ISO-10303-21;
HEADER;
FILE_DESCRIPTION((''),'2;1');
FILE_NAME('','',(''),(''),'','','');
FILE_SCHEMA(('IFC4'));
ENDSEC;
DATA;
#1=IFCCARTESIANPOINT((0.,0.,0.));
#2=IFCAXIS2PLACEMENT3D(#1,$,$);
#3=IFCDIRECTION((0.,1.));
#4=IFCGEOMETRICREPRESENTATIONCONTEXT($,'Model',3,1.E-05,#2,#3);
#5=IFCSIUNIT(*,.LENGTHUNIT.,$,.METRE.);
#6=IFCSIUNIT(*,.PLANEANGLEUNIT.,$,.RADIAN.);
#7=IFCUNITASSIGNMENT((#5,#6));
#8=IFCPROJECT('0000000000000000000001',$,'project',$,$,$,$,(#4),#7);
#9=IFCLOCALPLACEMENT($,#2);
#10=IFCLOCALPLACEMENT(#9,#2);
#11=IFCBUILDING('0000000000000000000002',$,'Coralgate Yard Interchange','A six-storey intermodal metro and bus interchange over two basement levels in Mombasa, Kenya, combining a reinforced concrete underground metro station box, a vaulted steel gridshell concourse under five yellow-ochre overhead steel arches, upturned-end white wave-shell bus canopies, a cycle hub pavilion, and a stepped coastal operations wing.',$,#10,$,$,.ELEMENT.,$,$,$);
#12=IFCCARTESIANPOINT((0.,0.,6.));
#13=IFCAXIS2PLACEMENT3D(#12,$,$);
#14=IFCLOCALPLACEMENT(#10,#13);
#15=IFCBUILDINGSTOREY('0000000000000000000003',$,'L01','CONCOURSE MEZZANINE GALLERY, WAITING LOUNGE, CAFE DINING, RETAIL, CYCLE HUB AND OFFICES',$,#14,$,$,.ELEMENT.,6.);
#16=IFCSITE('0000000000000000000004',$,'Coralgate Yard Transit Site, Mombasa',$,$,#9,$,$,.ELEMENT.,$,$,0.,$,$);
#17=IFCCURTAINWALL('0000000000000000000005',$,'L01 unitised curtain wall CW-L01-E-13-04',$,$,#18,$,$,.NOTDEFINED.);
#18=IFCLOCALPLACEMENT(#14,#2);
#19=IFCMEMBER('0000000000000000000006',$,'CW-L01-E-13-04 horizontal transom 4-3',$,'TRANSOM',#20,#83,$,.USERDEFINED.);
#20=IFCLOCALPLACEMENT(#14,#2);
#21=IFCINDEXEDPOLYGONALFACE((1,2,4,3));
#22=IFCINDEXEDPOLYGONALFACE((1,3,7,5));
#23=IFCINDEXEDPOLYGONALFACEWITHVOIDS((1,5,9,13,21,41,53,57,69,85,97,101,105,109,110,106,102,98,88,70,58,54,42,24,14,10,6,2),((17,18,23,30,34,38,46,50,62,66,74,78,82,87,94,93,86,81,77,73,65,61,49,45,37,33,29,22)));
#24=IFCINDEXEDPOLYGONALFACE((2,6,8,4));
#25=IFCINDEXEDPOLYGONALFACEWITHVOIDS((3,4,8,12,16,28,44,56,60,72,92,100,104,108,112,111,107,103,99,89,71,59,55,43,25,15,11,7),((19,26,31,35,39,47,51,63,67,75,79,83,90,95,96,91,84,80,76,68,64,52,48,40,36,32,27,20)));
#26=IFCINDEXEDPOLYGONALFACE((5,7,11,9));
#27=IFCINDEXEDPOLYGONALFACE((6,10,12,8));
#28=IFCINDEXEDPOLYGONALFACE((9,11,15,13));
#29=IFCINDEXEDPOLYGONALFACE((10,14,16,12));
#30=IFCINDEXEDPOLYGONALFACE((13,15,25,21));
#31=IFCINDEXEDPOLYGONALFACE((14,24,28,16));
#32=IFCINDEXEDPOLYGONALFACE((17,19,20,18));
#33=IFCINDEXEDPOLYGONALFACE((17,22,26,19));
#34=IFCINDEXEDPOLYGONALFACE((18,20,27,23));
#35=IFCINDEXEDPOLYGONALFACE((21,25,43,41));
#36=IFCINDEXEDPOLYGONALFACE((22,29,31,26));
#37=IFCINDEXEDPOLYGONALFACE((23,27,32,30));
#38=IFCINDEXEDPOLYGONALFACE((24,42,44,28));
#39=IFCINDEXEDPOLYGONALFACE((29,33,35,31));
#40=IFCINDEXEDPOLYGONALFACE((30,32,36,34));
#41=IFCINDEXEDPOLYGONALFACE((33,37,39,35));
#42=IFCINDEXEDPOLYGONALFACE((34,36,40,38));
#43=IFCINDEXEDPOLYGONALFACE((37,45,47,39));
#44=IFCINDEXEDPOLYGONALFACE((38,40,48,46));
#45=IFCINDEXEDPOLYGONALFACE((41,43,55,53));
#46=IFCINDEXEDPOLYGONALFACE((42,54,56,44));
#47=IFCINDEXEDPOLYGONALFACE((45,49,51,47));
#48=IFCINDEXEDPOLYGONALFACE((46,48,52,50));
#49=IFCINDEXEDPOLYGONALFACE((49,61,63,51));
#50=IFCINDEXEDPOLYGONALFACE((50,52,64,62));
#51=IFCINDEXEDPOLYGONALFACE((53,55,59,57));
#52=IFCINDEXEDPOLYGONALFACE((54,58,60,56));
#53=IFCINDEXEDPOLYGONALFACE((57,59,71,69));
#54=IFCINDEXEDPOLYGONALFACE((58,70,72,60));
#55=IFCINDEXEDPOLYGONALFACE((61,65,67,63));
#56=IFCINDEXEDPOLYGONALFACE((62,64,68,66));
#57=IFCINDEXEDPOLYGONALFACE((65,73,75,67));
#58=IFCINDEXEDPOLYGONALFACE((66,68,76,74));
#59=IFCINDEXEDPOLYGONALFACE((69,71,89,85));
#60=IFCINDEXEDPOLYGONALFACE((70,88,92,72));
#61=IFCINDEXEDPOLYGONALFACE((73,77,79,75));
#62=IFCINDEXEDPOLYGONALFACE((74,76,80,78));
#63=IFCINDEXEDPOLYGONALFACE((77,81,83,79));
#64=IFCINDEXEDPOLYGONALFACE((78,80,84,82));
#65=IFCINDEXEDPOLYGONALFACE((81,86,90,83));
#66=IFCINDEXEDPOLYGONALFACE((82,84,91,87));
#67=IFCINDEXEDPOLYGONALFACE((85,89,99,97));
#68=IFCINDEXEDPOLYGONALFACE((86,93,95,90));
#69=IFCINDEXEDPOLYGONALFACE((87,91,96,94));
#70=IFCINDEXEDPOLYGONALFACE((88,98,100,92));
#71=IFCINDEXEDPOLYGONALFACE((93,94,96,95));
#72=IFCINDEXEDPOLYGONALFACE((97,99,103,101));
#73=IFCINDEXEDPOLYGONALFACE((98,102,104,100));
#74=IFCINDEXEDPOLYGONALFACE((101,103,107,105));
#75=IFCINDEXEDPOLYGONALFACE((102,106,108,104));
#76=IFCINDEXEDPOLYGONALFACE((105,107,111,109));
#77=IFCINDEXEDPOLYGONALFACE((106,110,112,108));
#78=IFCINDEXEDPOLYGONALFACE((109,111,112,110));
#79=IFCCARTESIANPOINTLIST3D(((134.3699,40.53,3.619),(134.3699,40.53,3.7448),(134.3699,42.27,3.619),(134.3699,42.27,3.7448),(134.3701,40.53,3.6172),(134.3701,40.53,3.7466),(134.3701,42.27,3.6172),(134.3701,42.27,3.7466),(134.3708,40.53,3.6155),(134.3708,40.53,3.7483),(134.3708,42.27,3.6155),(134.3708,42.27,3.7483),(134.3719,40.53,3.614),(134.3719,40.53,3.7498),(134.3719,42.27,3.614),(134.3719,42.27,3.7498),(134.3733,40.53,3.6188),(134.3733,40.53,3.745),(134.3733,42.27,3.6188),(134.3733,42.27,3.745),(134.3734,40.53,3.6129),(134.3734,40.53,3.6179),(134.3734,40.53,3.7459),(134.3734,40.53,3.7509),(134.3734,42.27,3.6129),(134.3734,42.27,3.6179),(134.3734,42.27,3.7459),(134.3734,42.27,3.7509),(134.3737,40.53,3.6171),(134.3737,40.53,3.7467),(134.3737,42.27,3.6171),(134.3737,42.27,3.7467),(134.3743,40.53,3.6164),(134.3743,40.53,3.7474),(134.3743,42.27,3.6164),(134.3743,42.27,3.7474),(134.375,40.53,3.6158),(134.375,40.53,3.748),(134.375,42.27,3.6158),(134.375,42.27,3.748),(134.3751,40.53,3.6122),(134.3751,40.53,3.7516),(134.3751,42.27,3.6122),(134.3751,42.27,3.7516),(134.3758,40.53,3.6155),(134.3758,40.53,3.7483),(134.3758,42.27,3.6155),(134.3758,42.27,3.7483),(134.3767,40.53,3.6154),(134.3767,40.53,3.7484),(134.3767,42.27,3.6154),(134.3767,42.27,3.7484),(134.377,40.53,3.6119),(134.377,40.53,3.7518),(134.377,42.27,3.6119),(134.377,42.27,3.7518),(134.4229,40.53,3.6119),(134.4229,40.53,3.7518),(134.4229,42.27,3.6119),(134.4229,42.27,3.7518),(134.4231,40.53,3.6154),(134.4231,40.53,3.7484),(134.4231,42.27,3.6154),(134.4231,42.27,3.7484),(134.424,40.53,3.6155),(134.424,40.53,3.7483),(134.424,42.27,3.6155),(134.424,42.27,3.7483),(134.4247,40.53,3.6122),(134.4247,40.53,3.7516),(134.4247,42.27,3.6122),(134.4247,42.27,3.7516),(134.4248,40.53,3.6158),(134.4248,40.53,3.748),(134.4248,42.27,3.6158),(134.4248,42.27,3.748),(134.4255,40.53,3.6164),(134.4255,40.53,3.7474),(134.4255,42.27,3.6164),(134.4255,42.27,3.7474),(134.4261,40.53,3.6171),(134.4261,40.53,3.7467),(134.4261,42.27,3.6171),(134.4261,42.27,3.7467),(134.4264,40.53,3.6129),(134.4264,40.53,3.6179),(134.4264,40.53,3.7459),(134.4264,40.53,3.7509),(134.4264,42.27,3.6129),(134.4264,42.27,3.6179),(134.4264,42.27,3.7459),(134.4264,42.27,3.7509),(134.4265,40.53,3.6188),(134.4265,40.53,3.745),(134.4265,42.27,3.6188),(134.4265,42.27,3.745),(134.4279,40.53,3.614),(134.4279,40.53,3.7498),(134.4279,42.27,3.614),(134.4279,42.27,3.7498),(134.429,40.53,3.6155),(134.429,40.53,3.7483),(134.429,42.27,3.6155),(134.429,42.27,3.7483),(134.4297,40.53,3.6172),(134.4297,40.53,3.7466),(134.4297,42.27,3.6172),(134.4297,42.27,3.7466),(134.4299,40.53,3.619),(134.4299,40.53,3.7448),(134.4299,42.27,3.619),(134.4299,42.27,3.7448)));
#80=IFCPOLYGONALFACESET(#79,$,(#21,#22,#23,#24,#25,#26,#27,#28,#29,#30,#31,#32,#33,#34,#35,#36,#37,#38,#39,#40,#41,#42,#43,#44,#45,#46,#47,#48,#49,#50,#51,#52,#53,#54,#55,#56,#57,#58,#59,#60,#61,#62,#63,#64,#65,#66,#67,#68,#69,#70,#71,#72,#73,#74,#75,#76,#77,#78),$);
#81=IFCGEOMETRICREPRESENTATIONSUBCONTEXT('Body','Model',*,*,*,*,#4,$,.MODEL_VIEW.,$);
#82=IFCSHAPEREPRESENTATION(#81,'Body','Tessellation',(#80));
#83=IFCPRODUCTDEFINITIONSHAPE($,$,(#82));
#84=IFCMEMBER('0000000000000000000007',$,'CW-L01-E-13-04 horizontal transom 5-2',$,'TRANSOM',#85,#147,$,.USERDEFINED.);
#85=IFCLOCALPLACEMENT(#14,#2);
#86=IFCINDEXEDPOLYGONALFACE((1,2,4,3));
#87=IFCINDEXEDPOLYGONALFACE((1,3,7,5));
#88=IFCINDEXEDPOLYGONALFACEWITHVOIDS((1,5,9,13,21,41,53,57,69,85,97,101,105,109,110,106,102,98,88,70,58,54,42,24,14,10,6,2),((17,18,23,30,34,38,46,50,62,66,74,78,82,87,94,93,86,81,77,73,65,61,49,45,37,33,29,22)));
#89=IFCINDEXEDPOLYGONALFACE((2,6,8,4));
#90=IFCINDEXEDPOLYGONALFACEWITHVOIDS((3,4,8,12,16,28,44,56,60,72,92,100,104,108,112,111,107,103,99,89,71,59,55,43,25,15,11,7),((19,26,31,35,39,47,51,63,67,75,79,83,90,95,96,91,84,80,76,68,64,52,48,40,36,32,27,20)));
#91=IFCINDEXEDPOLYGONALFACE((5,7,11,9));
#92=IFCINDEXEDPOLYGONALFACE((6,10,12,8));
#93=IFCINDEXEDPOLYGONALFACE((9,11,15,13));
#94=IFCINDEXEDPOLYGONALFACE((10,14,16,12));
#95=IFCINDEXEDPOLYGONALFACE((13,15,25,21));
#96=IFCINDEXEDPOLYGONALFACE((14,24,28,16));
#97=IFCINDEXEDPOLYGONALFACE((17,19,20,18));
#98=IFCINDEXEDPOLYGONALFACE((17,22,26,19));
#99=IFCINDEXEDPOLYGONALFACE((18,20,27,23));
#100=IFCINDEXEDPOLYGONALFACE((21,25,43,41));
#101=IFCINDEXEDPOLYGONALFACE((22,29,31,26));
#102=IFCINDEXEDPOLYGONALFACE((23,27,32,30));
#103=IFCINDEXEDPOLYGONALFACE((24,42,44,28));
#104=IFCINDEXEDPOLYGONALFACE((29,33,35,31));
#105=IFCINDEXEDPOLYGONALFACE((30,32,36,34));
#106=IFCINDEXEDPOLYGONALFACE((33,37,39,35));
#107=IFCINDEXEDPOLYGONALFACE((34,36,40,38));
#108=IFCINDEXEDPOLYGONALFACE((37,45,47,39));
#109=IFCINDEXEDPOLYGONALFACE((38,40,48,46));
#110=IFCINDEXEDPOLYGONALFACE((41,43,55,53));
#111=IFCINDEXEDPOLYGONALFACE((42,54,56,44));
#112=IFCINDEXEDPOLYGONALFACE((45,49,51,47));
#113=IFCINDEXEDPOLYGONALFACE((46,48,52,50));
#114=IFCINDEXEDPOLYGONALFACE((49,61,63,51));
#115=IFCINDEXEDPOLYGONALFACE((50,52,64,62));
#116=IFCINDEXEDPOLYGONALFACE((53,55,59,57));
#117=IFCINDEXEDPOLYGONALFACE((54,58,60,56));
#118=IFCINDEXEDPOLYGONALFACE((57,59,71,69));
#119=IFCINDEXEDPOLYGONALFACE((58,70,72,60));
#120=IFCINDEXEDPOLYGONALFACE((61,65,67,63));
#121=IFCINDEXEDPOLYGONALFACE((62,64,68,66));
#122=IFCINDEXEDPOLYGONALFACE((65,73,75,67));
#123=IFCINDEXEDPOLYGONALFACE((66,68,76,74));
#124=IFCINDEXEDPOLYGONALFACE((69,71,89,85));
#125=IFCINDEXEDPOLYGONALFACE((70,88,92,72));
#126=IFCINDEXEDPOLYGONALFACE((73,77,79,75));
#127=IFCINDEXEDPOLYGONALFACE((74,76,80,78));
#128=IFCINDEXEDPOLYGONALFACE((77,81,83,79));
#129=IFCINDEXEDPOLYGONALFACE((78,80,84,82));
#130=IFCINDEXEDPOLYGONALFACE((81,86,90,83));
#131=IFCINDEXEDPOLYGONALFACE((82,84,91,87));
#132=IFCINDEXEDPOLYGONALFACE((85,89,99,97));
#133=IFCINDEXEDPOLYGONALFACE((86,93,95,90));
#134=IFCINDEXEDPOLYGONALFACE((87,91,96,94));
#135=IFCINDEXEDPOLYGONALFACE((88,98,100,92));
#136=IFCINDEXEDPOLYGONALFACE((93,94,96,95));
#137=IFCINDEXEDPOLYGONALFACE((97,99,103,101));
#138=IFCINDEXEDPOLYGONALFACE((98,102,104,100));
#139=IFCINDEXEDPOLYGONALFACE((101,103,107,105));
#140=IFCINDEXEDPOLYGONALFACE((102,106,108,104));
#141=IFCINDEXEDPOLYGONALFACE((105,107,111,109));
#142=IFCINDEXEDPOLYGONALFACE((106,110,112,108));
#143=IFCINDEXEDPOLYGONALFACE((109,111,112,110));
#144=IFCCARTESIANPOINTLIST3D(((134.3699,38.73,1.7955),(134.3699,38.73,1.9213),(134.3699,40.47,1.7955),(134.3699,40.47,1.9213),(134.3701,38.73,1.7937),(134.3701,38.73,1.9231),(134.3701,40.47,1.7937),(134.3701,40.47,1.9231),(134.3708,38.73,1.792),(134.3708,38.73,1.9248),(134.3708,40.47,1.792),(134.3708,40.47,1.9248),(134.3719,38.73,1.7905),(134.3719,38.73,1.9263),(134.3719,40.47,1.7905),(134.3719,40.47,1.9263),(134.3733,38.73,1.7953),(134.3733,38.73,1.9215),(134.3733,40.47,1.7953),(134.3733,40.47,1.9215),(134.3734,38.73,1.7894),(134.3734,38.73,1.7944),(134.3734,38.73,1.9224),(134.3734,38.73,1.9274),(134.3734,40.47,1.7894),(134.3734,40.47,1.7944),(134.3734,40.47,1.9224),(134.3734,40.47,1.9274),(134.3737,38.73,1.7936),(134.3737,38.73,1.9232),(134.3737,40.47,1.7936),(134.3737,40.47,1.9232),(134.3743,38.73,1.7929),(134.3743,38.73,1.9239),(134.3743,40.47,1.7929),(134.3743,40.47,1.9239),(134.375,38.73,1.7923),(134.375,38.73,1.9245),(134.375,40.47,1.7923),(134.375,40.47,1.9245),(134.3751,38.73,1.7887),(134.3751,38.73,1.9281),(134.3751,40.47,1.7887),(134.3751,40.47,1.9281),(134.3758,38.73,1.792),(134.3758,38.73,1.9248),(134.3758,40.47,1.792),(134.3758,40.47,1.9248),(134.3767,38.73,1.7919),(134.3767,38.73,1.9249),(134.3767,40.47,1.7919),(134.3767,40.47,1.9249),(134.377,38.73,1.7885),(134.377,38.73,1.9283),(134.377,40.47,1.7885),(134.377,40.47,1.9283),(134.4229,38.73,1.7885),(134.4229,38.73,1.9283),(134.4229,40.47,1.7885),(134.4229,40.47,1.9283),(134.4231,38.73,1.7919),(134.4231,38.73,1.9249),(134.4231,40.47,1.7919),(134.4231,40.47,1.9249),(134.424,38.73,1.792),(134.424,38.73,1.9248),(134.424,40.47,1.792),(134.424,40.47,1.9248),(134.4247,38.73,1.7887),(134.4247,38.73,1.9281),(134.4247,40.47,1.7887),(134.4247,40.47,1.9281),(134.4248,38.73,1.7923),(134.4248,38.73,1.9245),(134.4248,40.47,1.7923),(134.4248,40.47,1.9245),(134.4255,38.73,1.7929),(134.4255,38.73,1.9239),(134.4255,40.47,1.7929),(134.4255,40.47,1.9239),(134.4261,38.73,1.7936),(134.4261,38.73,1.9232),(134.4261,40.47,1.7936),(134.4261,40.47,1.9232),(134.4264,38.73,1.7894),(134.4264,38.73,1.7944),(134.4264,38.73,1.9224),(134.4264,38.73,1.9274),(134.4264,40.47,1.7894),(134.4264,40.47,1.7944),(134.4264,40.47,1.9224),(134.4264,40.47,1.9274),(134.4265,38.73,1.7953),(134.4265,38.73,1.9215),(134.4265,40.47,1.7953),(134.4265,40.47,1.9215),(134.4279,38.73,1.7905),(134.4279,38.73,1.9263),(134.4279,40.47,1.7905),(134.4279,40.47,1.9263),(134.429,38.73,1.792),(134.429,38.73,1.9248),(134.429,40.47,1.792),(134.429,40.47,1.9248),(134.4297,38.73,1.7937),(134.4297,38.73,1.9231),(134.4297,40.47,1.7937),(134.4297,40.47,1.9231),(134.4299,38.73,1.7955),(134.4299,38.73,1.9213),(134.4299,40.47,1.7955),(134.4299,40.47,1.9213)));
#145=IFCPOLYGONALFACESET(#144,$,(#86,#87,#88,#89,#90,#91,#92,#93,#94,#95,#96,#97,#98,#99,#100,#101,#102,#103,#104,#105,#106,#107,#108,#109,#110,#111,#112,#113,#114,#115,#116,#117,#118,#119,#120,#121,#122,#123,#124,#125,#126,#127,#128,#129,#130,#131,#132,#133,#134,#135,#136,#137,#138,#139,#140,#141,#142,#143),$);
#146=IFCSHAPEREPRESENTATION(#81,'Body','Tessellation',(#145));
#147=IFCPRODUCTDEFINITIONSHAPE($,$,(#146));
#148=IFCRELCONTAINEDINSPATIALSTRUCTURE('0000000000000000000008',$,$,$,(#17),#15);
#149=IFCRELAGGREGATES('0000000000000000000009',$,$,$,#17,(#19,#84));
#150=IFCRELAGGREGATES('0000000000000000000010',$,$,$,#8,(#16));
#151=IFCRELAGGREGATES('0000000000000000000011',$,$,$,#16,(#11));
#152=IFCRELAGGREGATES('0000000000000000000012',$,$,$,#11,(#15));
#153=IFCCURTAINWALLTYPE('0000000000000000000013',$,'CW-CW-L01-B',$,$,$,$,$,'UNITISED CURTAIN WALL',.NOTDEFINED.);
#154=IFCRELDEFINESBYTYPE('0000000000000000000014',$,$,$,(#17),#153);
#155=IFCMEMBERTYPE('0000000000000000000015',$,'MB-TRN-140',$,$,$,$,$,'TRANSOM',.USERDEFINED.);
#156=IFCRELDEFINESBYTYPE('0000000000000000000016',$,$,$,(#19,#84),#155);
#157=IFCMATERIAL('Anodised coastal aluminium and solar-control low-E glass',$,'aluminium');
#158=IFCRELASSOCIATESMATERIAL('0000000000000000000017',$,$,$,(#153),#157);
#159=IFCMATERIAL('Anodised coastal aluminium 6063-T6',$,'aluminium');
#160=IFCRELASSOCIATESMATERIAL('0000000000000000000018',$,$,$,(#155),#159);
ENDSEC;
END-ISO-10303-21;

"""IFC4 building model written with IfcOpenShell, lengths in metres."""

from ifc_helpers import new_model, si_unit, direction, frame, origin, origin_2d, place, context, subcontext, project, spatial, hollow_rectangle, extrude, material, material_profile, profile_set, type_object, element, aggregate, save


model = new_model("IFC4")

# Units and contexts
model_context = context("Model", 3, precision=1e-05, world=origin(), true_north=direction((0.0, 1.0)))
body_context = subcontext(model_context, "Body", "Model", "MODEL_VIEW")
ifc_project = project(units=[si_unit("LENGTHUNIT", "METRE"), si_unit("PLANEANGLEUNIT", "RADIAN")], contexts=[model_context])

# Site, building, storey
site_placement = place(None, origin())
site = spatial("IfcSite", under=ifc_project, at=site_placement, Name="Coralgate Yard Transit Site, Mombasa", CompositionType="ELEMENT", RefElevation=0.0)
building_placement = place(site_placement, origin())
building = spatial("IfcBuilding", under=site, at=building_placement, Name="Coralgate Yard Interchange", Description="A six-storey intermodal metro and bus interchange over two basement levels in Mombasa, Kenya, combining a reinforced concrete underground metro station box, a vaulted steel gridshell concourse under five yellow-ochre overhead steel arches, upturned-end white wave-shell bus canopies, a cycle hub pavilion, and a stepped coastal operations wing.", CompositionType="ELEMENT")
storey_placement = place(building_placement, frame((0.0, 0.0, 6.0)))
storey = spatial("IfcBuildingStorey", under=building, at=storey_placement, Name="L01", Description="CONCOURSE MEZZANINE GALLERY, WAITING LOUNGE, CAFE DINING, RETAIL, CYCLE HUB AND OFFICES", CompositionType="ELEMENT", Elevation=6.0)

# Curtain wall, members
ifc_material_1 = material(Name="Anodised coastal aluminium and solar-control low-E glass", Category="aluminium")
curtain_wall_type = type_object("IfcCurtainWallType", Name="CW-CW-L01-B", ElementType="UNITISED CURTAIN WALL", PredefinedType="NOTDEFINED", material=ifc_material_1)
curtain_wall_placement = place(storey_placement, origin())
curtain_wall = element("IfcCurtainWall", 1, at=curtain_wall_placement, inside=storey, type_object=curtain_wall_type, Name="L01 unitised curtain wall CW-L01-E-13-04", PredefinedType="NOTDEFINED")
ifc_material_2 = material(Name="Anodised coastal aluminium 6063-T6", Category="aluminium")
ifc_material_profile_1 = material_profile(ifc_material_2, hollow_rectangle(XDim=0.0601, YDim=0.1399, WallThickness=0.0034, InnerFilletRadius=0.0034, OuterFilletRadius=0.0071, at=origin_2d()), Name="ALU 60x140x3.5")
ifc_profile_set_1 = profile_set([ifc_material_profile_1], Name="Anodised coastal aluminium 6063-T6")
member_type_1 = type_object("IfcMemberType", Name="MB-TRN-140", ElementType="TRANSOM", PredefinedType="USERDEFINED", material=ifc_profile_set_1)
member_1_placement = place(storey_placement, frame((134.3999, 42.27, 3.6819), z_axis=(0.0, -1.0, 0.0), x_axis=(1.0, 0.0, 0.0)))
member_1 = element("IfcMember", 2, at=member_1_placement, type_object=member_type_1, Name="CW-L01-E-13-04 horizontal transom 4-3", ObjectType="TRANSOM", PredefinedType="USERDEFINED", context=body_context, shape_type="SweptSolid", body=[
    extrude(hollow_rectangle(XDim=0.0601, YDim=0.1399, WallThickness=0.0034, InnerFilletRadius=0.0034, OuterFilletRadius=0.0071, at=origin_2d()), origin(), (0.0, 0.0, 1.0), 1.74),
])
member_2_placement = place(storey_placement, frame((134.3999, 40.47, 1.8584), z_axis=(0.0, -1.0, 0.0), x_axis=(1.0, 0.0, 0.0)))
member_2 = element("IfcMember", 3, at=member_2_placement, type_object=member_type_1, Name="CW-L01-E-13-04 horizontal transom 5-2", ObjectType="TRANSOM", PredefinedType="USERDEFINED", context=body_context, shape_type="SweptSolid", body=[
    extrude(hollow_rectangle(XDim=0.0601, YDim=0.1399, WallThickness=0.0034, InnerFilletRadius=0.0034, OuterFilletRadius=0.0071, at=origin_2d()), origin(), (0.0, 0.0, 1.0), 1.74),
])
aggregate(curtain_wall, [member_1, member_2])

save(model, "model.ifc")
